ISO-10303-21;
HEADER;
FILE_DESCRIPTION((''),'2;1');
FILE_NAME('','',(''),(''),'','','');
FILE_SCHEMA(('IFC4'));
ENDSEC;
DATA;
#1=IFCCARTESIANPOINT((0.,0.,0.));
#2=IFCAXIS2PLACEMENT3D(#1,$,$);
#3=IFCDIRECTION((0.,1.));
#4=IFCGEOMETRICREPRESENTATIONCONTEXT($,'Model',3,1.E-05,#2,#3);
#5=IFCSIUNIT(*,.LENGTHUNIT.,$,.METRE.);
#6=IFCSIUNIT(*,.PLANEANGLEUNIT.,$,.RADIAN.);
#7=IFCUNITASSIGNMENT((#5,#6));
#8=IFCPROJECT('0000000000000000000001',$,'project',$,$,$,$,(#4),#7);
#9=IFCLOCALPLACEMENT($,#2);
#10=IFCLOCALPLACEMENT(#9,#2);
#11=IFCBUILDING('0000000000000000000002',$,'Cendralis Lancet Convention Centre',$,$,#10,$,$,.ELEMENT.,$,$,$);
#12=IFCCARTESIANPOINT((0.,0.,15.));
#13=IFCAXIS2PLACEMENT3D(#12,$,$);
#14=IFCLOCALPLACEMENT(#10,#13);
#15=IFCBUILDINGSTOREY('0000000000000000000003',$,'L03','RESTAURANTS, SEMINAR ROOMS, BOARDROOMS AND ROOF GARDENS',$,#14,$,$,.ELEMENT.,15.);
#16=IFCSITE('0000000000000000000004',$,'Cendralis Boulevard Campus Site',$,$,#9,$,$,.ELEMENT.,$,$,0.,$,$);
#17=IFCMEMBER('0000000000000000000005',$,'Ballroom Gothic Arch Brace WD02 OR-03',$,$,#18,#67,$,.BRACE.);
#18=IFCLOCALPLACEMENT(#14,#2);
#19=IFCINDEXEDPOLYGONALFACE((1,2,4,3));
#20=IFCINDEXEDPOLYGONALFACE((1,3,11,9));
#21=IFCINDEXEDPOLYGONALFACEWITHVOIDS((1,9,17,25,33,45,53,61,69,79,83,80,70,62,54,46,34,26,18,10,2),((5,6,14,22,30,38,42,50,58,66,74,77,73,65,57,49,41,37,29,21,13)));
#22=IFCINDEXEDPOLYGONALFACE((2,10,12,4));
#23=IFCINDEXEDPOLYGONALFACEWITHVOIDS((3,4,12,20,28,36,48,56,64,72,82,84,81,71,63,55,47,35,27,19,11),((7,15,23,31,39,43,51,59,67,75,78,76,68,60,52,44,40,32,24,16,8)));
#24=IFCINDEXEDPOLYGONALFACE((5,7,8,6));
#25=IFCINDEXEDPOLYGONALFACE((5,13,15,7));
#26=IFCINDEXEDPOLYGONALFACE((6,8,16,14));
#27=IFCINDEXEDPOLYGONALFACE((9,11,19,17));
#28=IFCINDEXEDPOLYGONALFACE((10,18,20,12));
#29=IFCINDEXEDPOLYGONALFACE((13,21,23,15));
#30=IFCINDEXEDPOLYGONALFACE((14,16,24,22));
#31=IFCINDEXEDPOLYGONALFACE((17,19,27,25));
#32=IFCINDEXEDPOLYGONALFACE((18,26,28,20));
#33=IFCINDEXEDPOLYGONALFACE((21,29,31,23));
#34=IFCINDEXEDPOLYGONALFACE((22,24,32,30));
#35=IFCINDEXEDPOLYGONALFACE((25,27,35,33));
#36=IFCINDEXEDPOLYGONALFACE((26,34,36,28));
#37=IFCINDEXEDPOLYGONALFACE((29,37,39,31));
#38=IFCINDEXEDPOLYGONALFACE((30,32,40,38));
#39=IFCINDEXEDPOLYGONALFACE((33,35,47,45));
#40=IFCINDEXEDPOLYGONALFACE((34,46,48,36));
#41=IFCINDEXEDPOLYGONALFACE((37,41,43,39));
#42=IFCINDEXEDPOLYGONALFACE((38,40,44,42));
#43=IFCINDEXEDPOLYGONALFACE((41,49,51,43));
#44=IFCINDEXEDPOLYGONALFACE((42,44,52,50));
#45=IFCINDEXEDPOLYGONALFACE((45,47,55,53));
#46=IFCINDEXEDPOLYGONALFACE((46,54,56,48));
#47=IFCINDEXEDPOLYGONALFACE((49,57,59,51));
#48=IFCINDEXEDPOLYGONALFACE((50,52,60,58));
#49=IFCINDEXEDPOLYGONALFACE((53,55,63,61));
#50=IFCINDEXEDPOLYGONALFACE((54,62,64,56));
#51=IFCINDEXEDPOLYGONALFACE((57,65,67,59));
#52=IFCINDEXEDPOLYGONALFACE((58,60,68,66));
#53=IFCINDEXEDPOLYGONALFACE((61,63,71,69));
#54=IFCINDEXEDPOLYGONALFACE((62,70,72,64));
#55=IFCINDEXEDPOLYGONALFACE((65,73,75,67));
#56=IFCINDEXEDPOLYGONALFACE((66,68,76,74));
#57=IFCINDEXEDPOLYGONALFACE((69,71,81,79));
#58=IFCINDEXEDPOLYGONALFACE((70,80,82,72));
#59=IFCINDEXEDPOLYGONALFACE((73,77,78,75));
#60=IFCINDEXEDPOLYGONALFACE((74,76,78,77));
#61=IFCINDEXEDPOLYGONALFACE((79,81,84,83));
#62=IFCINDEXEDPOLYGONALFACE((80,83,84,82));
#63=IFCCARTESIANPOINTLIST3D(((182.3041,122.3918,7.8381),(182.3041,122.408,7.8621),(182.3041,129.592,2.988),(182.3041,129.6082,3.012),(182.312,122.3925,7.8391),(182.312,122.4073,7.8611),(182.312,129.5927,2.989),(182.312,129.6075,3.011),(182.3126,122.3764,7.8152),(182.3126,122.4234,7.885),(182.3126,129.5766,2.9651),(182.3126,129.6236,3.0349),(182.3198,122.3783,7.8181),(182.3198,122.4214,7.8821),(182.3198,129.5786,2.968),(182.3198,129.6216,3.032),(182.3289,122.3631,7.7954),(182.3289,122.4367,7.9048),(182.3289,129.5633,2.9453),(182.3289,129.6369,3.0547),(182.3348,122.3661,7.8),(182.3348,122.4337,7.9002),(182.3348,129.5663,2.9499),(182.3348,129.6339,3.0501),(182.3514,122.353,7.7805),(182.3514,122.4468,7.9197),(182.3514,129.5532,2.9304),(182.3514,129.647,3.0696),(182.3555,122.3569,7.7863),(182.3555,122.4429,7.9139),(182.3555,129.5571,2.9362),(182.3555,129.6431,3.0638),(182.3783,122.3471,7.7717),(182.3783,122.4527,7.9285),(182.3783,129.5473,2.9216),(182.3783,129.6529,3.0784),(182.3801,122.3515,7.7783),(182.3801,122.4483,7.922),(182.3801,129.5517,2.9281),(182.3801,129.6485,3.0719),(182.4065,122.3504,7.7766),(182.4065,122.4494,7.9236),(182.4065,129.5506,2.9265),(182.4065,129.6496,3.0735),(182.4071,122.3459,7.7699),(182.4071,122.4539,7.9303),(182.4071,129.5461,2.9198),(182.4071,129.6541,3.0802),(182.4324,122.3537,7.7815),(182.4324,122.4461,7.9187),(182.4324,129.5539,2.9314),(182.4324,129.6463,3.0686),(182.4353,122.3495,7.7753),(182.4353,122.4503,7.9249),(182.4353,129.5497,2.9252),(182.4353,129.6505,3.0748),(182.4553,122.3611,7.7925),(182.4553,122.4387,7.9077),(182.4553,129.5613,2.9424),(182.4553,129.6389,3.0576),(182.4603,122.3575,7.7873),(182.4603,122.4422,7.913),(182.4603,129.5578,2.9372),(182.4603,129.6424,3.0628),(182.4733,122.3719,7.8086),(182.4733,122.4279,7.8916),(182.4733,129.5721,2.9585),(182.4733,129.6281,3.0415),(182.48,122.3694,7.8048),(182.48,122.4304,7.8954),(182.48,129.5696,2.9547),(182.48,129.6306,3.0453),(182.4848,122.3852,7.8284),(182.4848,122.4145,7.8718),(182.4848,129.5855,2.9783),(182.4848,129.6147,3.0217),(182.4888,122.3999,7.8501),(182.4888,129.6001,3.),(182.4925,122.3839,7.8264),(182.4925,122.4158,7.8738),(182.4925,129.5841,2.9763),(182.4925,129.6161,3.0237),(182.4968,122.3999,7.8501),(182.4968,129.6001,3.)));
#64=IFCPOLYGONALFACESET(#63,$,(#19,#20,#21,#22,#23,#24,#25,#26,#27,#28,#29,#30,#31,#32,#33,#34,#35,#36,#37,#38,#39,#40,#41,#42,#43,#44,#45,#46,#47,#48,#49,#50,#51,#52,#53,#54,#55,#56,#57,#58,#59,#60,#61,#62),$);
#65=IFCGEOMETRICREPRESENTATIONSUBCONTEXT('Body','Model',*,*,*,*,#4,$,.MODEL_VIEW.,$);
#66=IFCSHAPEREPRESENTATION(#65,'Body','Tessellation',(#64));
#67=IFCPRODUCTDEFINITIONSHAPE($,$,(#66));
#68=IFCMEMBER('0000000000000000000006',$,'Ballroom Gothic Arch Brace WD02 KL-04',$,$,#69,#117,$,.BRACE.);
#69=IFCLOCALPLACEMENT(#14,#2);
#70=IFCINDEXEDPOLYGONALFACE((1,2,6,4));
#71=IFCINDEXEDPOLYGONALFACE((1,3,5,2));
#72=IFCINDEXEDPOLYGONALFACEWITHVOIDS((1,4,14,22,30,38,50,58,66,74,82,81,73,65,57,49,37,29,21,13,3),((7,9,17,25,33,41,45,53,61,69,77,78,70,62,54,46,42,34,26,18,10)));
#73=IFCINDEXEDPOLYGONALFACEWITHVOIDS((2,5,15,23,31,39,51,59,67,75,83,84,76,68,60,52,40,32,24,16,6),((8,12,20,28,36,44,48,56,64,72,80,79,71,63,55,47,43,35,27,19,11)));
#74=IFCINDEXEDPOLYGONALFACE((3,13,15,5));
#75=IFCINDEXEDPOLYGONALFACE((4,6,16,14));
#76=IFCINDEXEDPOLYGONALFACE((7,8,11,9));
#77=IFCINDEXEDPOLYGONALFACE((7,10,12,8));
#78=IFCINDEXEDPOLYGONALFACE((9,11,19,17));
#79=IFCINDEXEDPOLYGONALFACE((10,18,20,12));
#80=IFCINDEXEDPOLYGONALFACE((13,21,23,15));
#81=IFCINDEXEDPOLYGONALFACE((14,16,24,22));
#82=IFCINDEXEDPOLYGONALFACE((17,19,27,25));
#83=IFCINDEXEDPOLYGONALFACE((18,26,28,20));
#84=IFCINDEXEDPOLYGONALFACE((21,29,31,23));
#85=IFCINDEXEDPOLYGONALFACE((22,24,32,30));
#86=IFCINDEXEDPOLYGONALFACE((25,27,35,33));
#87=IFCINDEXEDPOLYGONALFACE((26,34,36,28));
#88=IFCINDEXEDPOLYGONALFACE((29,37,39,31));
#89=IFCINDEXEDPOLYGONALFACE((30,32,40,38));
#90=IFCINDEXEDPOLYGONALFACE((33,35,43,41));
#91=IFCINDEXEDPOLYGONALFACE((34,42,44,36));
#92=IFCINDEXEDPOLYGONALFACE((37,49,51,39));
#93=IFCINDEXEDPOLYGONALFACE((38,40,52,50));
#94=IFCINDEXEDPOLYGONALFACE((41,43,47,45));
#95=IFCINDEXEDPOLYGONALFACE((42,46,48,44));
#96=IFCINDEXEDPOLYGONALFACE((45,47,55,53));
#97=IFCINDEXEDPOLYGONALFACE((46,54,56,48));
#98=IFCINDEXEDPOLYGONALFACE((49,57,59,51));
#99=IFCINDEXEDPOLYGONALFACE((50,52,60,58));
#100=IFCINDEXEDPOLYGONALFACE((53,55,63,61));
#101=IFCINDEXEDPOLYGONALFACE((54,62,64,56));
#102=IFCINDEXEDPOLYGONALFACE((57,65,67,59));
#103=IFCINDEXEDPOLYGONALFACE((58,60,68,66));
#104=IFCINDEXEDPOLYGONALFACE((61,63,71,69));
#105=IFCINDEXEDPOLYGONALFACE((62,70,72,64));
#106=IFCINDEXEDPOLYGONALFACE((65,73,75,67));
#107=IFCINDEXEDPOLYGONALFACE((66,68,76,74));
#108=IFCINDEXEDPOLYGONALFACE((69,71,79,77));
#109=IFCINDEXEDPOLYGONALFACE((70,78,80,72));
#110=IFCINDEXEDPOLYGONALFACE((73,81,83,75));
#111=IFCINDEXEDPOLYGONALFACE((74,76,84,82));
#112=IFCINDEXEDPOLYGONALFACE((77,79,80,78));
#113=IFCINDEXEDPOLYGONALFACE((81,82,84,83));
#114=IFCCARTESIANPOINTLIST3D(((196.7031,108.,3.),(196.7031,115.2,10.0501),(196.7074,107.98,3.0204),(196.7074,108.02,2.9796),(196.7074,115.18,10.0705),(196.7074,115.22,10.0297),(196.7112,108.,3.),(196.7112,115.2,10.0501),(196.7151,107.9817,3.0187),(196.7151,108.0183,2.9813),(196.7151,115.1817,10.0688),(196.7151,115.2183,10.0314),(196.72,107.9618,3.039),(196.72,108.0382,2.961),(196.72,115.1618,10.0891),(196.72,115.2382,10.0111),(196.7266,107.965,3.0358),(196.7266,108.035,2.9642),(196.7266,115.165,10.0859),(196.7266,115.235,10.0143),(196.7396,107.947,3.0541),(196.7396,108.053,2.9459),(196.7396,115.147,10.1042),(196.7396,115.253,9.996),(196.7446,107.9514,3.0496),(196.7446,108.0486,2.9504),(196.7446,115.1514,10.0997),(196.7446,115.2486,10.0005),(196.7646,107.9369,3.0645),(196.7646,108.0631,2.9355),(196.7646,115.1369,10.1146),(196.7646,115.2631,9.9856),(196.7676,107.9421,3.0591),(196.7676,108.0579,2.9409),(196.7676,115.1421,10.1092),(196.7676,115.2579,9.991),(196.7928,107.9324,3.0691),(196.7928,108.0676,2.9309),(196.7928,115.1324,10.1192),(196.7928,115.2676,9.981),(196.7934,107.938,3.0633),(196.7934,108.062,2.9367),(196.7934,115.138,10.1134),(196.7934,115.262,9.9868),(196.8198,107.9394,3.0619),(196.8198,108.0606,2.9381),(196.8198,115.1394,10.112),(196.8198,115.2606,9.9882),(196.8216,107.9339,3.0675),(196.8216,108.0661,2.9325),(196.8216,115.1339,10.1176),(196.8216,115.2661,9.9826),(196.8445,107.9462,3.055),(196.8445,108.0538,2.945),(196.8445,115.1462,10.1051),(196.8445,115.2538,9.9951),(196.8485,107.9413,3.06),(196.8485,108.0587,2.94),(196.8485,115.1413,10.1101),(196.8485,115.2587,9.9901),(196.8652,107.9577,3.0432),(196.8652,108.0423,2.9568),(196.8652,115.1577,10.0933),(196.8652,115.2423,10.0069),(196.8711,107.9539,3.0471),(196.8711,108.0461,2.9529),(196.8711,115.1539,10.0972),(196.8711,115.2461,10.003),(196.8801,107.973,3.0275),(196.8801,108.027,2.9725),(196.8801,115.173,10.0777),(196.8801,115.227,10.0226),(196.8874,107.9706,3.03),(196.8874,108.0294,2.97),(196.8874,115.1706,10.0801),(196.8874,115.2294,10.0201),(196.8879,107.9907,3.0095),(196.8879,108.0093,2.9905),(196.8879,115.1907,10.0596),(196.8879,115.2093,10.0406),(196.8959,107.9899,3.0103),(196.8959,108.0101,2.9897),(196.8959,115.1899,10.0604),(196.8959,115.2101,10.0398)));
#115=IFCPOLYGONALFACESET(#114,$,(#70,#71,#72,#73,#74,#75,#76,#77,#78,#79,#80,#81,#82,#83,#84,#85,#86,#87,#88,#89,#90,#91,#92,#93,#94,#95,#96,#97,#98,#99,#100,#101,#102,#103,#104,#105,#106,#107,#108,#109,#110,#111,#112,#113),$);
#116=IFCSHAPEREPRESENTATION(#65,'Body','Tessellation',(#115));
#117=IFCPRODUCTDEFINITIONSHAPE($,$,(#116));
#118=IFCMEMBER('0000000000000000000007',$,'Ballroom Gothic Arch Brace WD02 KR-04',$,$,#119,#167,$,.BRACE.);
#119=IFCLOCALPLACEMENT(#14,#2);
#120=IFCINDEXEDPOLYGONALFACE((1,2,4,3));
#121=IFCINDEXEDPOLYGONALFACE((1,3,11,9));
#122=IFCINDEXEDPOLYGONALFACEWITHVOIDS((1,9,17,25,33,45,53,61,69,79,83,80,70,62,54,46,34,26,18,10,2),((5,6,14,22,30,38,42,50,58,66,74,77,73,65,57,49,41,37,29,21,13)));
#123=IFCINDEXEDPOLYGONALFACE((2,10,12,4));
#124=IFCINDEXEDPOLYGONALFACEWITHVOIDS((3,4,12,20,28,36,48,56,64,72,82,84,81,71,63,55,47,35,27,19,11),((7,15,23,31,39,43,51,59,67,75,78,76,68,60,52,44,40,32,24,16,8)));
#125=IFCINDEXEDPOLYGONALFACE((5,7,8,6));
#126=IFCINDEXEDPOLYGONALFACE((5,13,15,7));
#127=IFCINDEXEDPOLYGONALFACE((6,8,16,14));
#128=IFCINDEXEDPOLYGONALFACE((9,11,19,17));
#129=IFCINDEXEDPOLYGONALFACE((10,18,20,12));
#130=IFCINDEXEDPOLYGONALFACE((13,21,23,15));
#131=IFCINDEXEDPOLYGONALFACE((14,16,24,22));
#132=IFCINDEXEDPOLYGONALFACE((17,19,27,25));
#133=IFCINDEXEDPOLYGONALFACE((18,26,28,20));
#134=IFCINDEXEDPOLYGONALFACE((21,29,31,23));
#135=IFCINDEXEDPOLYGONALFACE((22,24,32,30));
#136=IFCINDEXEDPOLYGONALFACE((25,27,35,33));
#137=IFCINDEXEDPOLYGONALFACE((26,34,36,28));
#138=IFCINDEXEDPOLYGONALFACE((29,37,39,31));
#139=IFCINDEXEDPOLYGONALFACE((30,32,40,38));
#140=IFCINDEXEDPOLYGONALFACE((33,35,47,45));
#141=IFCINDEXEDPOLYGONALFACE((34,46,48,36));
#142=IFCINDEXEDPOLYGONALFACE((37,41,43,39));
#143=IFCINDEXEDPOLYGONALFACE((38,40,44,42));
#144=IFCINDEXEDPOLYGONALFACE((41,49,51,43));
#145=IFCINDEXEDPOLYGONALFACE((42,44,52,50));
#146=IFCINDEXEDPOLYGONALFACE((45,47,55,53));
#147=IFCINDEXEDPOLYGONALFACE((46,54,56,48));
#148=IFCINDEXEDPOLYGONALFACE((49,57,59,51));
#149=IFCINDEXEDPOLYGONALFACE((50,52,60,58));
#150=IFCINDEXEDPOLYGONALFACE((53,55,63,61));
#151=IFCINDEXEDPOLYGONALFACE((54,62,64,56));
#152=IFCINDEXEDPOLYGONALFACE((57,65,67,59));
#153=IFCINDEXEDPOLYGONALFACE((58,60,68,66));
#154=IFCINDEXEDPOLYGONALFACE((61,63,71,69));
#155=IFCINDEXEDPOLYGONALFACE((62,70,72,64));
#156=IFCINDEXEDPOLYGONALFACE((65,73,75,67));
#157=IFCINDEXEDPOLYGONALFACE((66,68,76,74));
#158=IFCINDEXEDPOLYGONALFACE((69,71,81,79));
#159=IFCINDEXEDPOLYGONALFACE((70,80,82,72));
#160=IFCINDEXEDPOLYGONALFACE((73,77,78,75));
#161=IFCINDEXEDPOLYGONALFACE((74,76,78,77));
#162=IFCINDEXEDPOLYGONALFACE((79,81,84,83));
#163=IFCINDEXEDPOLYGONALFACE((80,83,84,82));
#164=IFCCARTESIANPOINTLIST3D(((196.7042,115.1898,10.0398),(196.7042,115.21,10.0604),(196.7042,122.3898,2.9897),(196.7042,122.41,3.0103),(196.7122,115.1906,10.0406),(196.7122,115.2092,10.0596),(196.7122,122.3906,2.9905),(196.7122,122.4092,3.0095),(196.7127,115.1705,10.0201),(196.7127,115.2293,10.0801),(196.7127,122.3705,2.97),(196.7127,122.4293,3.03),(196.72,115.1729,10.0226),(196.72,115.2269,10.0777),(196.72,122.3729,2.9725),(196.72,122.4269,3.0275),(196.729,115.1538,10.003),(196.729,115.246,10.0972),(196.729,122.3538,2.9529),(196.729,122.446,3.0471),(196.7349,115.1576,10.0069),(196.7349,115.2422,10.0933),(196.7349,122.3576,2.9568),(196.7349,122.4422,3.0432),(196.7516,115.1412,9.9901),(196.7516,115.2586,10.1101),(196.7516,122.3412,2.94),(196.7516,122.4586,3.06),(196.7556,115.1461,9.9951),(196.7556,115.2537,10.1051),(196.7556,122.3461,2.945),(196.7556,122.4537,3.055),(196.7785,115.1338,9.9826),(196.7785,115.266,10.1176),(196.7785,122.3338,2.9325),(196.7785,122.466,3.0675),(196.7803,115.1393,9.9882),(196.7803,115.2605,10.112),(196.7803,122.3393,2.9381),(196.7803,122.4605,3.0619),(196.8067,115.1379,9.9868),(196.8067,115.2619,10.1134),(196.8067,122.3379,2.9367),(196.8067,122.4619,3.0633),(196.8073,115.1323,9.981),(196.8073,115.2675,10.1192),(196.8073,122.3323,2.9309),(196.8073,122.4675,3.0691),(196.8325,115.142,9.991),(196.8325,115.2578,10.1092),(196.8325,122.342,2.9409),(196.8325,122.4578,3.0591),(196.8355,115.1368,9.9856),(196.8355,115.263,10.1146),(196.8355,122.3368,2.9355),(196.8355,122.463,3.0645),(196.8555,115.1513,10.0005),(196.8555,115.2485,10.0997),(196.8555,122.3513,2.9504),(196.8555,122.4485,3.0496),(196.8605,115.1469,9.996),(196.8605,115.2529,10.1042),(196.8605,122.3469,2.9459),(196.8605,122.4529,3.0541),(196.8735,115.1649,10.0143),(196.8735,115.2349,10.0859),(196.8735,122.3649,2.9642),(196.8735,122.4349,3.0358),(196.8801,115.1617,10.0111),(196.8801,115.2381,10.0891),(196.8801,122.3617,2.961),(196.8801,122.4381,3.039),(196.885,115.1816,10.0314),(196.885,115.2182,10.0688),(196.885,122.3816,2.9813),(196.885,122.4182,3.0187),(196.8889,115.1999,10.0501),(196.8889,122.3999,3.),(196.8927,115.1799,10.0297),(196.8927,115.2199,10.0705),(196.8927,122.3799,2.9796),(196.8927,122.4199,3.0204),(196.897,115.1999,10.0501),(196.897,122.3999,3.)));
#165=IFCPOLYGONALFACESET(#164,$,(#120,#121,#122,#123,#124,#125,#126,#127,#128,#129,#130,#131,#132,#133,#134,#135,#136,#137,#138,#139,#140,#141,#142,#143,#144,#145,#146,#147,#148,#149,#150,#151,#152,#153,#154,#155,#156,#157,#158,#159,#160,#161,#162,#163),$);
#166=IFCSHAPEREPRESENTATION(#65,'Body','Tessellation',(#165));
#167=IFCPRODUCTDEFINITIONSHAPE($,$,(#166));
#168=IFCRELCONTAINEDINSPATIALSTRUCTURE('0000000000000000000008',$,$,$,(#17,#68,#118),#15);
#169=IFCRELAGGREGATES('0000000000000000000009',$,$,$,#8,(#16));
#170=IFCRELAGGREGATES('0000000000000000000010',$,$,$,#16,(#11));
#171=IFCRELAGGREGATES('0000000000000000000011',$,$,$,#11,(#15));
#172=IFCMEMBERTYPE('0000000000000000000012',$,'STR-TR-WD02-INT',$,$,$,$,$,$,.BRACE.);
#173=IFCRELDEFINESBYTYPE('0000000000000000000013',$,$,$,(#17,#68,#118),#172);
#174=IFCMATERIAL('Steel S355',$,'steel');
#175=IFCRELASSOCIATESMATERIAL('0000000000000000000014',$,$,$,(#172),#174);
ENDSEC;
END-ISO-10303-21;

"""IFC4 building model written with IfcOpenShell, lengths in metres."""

from ifc_helpers import new_model, si_unit, direction, frame, origin, origin_2d, place, context, subcontext, project, spatial, hollow_circle, extrude, material, material_profile, profile_set, type_object, element, save


model = new_model("IFC4")

# Units and contexts
model_context = context("Model", 3, precision=1e-05, world=origin(), true_north=direction((0.0, 1.0)))
body_context = subcontext(model_context, "Body", "Model", "MODEL_VIEW")
ifc_project = project(units=[si_unit("LENGTHUNIT", "METRE"), si_unit("PLANEANGLEUNIT", "RADIAN")], contexts=[model_context])

# Site, building, storey
site_placement = place(None, origin())
site = spatial("IfcSite", under=ifc_project, at=site_placement, Name="Cendralis Boulevard Campus Site", CompositionType="ELEMENT", RefElevation=0.0)
building_placement = place(site_placement, origin())
building = spatial("IfcBuilding", under=site, at=building_placement, Name="Cendralis Lancet Convention Centre", CompositionType="ELEMENT")
storey_placement = place(building_placement, frame((0.0, 0.0, 15.0)))
storey = spatial("IfcBuildingStorey", under=building, at=storey_placement, Name="L03", Description="RESTAURANTS, SEMINAR ROOMS, BOARDROOMS AND ROOF GARDENS", CompositionType="ELEMENT", Elevation=15.0)

# Shared definitions
ifc_material = material(Name="Steel S355", Category="steel")

# Members
ifc_material_profile_1 = material_profile(ifc_material, hollow_circle(Radius=0.0969, WallThickness=0.0081, at=origin_2d()), Name="CHS 193.7x8.0")
ifc_profile_set_1 = profile_set([ifc_material_profile_1], Name="Steel S355")
member_type_1 = type_object("IfcMemberType", Name="STR-TR-WD02-INT", PredefinedType="BRACE", material=ifc_profile_set_1)
member_1_placement = place(storey_placement, frame((182.3999, 129.6001, 3.0), z_axis=(0.0, -0.829384, 0.558679), x_axis=(1.0, 0.0, 0.0)))
element("IfcMember", 1, at=member_1_placement, inside=storey, type_object=member_type_1, Name="Ballroom Gothic Arch Brace WD02 OR-03", PredefinedType="BRACE", context=body_context, shape_type="SweptSolid", body=[
    extrude(hollow_circle(Radius=0.0969, WallThickness=0.0081, at=origin_2d()), origin(), (0.0, 0.0, 1.0), 8.6814),
])
for number, where, z_axis, x_axis, name in (
    (2, (196.8, 108.0, 3.0), (0.0, 0.714506, 0.69963), (-1.0, 0.0, 0.0), "Ballroom Gothic Arch Brace WD02 KL-04"),
    (3, (196.8, 122.3999, 3.0), (0.0, -0.714506, 0.69963), (1.0, 0.0, 0.0), "Ballroom Gothic Arch Brace WD02 KR-04"),
):
    element("IfcMember", number, at=place(storey_placement, frame(where, z_axis=z_axis, x_axis=x_axis)), inside=storey, type_object=member_type_1, Name=name, PredefinedType="BRACE", context=body_context, shape_type="SweptSolid", body=[
        extrude(hollow_circle(Radius=0.0969, WallThickness=0.0081, at=origin_2d()), origin(), (0.0, 0.0, 1.0), 10.0769),
    ])

save(model, "model.ifc")
